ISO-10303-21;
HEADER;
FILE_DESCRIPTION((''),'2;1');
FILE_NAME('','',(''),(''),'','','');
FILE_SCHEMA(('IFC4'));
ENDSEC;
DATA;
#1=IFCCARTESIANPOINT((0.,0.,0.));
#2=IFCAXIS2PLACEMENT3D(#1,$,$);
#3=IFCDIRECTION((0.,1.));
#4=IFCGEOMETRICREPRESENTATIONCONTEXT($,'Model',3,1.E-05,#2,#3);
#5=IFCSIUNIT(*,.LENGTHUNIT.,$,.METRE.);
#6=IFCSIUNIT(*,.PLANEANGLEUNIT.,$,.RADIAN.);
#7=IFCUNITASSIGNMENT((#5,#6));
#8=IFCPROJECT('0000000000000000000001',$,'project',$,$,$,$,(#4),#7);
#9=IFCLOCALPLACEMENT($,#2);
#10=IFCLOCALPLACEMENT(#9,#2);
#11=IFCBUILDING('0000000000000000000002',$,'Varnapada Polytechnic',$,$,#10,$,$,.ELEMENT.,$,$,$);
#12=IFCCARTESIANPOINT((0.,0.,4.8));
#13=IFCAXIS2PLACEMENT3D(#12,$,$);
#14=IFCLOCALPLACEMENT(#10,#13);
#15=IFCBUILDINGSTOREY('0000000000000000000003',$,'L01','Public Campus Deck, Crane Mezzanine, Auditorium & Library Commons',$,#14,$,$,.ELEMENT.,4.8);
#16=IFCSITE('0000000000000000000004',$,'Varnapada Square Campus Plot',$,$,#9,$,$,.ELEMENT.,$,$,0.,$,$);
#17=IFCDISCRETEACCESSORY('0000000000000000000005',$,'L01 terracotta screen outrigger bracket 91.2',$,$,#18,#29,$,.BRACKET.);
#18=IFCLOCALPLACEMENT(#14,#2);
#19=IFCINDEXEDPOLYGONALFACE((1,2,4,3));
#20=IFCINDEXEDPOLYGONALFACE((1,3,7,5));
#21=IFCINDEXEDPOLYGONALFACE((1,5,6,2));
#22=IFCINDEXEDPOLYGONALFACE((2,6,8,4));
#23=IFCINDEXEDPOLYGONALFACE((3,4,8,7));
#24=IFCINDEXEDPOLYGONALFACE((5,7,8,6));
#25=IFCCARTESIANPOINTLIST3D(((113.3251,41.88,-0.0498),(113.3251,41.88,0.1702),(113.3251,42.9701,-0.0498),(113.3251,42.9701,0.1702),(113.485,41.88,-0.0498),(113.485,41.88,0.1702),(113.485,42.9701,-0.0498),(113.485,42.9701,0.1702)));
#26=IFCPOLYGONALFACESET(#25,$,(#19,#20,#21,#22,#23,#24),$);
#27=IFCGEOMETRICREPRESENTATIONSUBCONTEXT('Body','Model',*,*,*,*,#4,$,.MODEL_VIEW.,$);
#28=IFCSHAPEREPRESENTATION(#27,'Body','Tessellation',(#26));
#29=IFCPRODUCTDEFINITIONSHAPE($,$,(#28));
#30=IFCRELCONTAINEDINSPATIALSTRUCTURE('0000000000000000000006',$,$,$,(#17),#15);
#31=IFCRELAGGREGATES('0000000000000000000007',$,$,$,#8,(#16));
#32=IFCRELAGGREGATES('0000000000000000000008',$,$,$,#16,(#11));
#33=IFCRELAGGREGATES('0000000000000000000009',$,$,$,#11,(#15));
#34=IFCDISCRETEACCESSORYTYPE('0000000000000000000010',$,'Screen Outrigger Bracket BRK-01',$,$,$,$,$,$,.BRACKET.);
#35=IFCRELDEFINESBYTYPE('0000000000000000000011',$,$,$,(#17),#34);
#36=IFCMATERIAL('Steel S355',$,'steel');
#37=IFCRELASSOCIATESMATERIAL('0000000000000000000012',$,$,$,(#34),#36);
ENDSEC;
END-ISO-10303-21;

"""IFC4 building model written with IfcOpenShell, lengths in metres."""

from ifc_helpers import new_model, si_unit, direction, frame, origin, origin_2d, place, context, subcontext, project, spatial, rectangle, extrude, material, type_object, element, save


model = new_model("IFC4")

# Units and contexts
model_context = context("Model", 3, precision=1e-05, world=origin(), true_north=direction((0.0, 1.0)))
body_context = subcontext(model_context, "Body", "Model", "MODEL_VIEW")
ifc_project = project(units=[si_unit("LENGTHUNIT", "METRE"), si_unit("PLANEANGLEUNIT", "RADIAN")], contexts=[model_context])

# Site, building, storey
site_placement = place(None, origin())
site = spatial("IfcSite", under=ifc_project, at=site_placement, Name="Varnapada Square Campus Plot", CompositionType="ELEMENT", RefElevation=0.0)
building_placement = place(site_placement, origin())
building = spatial("IfcBuilding", under=site, at=building_placement, Name="Varnapada Polytechnic", CompositionType="ELEMENT")
storey_placement = place(building_placement, frame((0.0, 0.0, 4.8)))
storey = spatial("IfcBuildingStorey", under=building, at=storey_placement, Name="L01", Description="Public Campus Deck, Crane Mezzanine, Auditorium & Library Commons", CompositionType="ELEMENT", Elevation=4.8)

# Shared definitions
ifc_material_1 = material(Name="Steel S355", Category="steel")

# Discrete accessory
discrete_accessory_type = type_object("IfcDiscreteAccessoryType", Name="Screen Outrigger Bracket BRK-01", PredefinedType="BRACKET", material=ifc_material_1)
for number, where, z_axis, x_axis, name in (
    (1, (113.405, 42.425, -0.0498), (0.0, 0.0, 1.0), (1.0, 0.0, 0.0), "L01 terracotta screen outrigger bracket 91.2"),
):
    element("IfcDiscreteAccessory", number, at=place(storey_placement, frame(where, z_axis=z_axis, x_axis=x_axis)), inside=storey, type_object=discrete_accessory_type, Name=name, PredefinedType="BRACKET", context=body_context, shape_type="SweptSolid", body=[
        extrude(rectangle(XDim=0.1599, YDim=1.0901, at=origin_2d()), origin(), (0.0, 0.0, 1.0), 0.22),
    ])

save(model, "model.ifc")
